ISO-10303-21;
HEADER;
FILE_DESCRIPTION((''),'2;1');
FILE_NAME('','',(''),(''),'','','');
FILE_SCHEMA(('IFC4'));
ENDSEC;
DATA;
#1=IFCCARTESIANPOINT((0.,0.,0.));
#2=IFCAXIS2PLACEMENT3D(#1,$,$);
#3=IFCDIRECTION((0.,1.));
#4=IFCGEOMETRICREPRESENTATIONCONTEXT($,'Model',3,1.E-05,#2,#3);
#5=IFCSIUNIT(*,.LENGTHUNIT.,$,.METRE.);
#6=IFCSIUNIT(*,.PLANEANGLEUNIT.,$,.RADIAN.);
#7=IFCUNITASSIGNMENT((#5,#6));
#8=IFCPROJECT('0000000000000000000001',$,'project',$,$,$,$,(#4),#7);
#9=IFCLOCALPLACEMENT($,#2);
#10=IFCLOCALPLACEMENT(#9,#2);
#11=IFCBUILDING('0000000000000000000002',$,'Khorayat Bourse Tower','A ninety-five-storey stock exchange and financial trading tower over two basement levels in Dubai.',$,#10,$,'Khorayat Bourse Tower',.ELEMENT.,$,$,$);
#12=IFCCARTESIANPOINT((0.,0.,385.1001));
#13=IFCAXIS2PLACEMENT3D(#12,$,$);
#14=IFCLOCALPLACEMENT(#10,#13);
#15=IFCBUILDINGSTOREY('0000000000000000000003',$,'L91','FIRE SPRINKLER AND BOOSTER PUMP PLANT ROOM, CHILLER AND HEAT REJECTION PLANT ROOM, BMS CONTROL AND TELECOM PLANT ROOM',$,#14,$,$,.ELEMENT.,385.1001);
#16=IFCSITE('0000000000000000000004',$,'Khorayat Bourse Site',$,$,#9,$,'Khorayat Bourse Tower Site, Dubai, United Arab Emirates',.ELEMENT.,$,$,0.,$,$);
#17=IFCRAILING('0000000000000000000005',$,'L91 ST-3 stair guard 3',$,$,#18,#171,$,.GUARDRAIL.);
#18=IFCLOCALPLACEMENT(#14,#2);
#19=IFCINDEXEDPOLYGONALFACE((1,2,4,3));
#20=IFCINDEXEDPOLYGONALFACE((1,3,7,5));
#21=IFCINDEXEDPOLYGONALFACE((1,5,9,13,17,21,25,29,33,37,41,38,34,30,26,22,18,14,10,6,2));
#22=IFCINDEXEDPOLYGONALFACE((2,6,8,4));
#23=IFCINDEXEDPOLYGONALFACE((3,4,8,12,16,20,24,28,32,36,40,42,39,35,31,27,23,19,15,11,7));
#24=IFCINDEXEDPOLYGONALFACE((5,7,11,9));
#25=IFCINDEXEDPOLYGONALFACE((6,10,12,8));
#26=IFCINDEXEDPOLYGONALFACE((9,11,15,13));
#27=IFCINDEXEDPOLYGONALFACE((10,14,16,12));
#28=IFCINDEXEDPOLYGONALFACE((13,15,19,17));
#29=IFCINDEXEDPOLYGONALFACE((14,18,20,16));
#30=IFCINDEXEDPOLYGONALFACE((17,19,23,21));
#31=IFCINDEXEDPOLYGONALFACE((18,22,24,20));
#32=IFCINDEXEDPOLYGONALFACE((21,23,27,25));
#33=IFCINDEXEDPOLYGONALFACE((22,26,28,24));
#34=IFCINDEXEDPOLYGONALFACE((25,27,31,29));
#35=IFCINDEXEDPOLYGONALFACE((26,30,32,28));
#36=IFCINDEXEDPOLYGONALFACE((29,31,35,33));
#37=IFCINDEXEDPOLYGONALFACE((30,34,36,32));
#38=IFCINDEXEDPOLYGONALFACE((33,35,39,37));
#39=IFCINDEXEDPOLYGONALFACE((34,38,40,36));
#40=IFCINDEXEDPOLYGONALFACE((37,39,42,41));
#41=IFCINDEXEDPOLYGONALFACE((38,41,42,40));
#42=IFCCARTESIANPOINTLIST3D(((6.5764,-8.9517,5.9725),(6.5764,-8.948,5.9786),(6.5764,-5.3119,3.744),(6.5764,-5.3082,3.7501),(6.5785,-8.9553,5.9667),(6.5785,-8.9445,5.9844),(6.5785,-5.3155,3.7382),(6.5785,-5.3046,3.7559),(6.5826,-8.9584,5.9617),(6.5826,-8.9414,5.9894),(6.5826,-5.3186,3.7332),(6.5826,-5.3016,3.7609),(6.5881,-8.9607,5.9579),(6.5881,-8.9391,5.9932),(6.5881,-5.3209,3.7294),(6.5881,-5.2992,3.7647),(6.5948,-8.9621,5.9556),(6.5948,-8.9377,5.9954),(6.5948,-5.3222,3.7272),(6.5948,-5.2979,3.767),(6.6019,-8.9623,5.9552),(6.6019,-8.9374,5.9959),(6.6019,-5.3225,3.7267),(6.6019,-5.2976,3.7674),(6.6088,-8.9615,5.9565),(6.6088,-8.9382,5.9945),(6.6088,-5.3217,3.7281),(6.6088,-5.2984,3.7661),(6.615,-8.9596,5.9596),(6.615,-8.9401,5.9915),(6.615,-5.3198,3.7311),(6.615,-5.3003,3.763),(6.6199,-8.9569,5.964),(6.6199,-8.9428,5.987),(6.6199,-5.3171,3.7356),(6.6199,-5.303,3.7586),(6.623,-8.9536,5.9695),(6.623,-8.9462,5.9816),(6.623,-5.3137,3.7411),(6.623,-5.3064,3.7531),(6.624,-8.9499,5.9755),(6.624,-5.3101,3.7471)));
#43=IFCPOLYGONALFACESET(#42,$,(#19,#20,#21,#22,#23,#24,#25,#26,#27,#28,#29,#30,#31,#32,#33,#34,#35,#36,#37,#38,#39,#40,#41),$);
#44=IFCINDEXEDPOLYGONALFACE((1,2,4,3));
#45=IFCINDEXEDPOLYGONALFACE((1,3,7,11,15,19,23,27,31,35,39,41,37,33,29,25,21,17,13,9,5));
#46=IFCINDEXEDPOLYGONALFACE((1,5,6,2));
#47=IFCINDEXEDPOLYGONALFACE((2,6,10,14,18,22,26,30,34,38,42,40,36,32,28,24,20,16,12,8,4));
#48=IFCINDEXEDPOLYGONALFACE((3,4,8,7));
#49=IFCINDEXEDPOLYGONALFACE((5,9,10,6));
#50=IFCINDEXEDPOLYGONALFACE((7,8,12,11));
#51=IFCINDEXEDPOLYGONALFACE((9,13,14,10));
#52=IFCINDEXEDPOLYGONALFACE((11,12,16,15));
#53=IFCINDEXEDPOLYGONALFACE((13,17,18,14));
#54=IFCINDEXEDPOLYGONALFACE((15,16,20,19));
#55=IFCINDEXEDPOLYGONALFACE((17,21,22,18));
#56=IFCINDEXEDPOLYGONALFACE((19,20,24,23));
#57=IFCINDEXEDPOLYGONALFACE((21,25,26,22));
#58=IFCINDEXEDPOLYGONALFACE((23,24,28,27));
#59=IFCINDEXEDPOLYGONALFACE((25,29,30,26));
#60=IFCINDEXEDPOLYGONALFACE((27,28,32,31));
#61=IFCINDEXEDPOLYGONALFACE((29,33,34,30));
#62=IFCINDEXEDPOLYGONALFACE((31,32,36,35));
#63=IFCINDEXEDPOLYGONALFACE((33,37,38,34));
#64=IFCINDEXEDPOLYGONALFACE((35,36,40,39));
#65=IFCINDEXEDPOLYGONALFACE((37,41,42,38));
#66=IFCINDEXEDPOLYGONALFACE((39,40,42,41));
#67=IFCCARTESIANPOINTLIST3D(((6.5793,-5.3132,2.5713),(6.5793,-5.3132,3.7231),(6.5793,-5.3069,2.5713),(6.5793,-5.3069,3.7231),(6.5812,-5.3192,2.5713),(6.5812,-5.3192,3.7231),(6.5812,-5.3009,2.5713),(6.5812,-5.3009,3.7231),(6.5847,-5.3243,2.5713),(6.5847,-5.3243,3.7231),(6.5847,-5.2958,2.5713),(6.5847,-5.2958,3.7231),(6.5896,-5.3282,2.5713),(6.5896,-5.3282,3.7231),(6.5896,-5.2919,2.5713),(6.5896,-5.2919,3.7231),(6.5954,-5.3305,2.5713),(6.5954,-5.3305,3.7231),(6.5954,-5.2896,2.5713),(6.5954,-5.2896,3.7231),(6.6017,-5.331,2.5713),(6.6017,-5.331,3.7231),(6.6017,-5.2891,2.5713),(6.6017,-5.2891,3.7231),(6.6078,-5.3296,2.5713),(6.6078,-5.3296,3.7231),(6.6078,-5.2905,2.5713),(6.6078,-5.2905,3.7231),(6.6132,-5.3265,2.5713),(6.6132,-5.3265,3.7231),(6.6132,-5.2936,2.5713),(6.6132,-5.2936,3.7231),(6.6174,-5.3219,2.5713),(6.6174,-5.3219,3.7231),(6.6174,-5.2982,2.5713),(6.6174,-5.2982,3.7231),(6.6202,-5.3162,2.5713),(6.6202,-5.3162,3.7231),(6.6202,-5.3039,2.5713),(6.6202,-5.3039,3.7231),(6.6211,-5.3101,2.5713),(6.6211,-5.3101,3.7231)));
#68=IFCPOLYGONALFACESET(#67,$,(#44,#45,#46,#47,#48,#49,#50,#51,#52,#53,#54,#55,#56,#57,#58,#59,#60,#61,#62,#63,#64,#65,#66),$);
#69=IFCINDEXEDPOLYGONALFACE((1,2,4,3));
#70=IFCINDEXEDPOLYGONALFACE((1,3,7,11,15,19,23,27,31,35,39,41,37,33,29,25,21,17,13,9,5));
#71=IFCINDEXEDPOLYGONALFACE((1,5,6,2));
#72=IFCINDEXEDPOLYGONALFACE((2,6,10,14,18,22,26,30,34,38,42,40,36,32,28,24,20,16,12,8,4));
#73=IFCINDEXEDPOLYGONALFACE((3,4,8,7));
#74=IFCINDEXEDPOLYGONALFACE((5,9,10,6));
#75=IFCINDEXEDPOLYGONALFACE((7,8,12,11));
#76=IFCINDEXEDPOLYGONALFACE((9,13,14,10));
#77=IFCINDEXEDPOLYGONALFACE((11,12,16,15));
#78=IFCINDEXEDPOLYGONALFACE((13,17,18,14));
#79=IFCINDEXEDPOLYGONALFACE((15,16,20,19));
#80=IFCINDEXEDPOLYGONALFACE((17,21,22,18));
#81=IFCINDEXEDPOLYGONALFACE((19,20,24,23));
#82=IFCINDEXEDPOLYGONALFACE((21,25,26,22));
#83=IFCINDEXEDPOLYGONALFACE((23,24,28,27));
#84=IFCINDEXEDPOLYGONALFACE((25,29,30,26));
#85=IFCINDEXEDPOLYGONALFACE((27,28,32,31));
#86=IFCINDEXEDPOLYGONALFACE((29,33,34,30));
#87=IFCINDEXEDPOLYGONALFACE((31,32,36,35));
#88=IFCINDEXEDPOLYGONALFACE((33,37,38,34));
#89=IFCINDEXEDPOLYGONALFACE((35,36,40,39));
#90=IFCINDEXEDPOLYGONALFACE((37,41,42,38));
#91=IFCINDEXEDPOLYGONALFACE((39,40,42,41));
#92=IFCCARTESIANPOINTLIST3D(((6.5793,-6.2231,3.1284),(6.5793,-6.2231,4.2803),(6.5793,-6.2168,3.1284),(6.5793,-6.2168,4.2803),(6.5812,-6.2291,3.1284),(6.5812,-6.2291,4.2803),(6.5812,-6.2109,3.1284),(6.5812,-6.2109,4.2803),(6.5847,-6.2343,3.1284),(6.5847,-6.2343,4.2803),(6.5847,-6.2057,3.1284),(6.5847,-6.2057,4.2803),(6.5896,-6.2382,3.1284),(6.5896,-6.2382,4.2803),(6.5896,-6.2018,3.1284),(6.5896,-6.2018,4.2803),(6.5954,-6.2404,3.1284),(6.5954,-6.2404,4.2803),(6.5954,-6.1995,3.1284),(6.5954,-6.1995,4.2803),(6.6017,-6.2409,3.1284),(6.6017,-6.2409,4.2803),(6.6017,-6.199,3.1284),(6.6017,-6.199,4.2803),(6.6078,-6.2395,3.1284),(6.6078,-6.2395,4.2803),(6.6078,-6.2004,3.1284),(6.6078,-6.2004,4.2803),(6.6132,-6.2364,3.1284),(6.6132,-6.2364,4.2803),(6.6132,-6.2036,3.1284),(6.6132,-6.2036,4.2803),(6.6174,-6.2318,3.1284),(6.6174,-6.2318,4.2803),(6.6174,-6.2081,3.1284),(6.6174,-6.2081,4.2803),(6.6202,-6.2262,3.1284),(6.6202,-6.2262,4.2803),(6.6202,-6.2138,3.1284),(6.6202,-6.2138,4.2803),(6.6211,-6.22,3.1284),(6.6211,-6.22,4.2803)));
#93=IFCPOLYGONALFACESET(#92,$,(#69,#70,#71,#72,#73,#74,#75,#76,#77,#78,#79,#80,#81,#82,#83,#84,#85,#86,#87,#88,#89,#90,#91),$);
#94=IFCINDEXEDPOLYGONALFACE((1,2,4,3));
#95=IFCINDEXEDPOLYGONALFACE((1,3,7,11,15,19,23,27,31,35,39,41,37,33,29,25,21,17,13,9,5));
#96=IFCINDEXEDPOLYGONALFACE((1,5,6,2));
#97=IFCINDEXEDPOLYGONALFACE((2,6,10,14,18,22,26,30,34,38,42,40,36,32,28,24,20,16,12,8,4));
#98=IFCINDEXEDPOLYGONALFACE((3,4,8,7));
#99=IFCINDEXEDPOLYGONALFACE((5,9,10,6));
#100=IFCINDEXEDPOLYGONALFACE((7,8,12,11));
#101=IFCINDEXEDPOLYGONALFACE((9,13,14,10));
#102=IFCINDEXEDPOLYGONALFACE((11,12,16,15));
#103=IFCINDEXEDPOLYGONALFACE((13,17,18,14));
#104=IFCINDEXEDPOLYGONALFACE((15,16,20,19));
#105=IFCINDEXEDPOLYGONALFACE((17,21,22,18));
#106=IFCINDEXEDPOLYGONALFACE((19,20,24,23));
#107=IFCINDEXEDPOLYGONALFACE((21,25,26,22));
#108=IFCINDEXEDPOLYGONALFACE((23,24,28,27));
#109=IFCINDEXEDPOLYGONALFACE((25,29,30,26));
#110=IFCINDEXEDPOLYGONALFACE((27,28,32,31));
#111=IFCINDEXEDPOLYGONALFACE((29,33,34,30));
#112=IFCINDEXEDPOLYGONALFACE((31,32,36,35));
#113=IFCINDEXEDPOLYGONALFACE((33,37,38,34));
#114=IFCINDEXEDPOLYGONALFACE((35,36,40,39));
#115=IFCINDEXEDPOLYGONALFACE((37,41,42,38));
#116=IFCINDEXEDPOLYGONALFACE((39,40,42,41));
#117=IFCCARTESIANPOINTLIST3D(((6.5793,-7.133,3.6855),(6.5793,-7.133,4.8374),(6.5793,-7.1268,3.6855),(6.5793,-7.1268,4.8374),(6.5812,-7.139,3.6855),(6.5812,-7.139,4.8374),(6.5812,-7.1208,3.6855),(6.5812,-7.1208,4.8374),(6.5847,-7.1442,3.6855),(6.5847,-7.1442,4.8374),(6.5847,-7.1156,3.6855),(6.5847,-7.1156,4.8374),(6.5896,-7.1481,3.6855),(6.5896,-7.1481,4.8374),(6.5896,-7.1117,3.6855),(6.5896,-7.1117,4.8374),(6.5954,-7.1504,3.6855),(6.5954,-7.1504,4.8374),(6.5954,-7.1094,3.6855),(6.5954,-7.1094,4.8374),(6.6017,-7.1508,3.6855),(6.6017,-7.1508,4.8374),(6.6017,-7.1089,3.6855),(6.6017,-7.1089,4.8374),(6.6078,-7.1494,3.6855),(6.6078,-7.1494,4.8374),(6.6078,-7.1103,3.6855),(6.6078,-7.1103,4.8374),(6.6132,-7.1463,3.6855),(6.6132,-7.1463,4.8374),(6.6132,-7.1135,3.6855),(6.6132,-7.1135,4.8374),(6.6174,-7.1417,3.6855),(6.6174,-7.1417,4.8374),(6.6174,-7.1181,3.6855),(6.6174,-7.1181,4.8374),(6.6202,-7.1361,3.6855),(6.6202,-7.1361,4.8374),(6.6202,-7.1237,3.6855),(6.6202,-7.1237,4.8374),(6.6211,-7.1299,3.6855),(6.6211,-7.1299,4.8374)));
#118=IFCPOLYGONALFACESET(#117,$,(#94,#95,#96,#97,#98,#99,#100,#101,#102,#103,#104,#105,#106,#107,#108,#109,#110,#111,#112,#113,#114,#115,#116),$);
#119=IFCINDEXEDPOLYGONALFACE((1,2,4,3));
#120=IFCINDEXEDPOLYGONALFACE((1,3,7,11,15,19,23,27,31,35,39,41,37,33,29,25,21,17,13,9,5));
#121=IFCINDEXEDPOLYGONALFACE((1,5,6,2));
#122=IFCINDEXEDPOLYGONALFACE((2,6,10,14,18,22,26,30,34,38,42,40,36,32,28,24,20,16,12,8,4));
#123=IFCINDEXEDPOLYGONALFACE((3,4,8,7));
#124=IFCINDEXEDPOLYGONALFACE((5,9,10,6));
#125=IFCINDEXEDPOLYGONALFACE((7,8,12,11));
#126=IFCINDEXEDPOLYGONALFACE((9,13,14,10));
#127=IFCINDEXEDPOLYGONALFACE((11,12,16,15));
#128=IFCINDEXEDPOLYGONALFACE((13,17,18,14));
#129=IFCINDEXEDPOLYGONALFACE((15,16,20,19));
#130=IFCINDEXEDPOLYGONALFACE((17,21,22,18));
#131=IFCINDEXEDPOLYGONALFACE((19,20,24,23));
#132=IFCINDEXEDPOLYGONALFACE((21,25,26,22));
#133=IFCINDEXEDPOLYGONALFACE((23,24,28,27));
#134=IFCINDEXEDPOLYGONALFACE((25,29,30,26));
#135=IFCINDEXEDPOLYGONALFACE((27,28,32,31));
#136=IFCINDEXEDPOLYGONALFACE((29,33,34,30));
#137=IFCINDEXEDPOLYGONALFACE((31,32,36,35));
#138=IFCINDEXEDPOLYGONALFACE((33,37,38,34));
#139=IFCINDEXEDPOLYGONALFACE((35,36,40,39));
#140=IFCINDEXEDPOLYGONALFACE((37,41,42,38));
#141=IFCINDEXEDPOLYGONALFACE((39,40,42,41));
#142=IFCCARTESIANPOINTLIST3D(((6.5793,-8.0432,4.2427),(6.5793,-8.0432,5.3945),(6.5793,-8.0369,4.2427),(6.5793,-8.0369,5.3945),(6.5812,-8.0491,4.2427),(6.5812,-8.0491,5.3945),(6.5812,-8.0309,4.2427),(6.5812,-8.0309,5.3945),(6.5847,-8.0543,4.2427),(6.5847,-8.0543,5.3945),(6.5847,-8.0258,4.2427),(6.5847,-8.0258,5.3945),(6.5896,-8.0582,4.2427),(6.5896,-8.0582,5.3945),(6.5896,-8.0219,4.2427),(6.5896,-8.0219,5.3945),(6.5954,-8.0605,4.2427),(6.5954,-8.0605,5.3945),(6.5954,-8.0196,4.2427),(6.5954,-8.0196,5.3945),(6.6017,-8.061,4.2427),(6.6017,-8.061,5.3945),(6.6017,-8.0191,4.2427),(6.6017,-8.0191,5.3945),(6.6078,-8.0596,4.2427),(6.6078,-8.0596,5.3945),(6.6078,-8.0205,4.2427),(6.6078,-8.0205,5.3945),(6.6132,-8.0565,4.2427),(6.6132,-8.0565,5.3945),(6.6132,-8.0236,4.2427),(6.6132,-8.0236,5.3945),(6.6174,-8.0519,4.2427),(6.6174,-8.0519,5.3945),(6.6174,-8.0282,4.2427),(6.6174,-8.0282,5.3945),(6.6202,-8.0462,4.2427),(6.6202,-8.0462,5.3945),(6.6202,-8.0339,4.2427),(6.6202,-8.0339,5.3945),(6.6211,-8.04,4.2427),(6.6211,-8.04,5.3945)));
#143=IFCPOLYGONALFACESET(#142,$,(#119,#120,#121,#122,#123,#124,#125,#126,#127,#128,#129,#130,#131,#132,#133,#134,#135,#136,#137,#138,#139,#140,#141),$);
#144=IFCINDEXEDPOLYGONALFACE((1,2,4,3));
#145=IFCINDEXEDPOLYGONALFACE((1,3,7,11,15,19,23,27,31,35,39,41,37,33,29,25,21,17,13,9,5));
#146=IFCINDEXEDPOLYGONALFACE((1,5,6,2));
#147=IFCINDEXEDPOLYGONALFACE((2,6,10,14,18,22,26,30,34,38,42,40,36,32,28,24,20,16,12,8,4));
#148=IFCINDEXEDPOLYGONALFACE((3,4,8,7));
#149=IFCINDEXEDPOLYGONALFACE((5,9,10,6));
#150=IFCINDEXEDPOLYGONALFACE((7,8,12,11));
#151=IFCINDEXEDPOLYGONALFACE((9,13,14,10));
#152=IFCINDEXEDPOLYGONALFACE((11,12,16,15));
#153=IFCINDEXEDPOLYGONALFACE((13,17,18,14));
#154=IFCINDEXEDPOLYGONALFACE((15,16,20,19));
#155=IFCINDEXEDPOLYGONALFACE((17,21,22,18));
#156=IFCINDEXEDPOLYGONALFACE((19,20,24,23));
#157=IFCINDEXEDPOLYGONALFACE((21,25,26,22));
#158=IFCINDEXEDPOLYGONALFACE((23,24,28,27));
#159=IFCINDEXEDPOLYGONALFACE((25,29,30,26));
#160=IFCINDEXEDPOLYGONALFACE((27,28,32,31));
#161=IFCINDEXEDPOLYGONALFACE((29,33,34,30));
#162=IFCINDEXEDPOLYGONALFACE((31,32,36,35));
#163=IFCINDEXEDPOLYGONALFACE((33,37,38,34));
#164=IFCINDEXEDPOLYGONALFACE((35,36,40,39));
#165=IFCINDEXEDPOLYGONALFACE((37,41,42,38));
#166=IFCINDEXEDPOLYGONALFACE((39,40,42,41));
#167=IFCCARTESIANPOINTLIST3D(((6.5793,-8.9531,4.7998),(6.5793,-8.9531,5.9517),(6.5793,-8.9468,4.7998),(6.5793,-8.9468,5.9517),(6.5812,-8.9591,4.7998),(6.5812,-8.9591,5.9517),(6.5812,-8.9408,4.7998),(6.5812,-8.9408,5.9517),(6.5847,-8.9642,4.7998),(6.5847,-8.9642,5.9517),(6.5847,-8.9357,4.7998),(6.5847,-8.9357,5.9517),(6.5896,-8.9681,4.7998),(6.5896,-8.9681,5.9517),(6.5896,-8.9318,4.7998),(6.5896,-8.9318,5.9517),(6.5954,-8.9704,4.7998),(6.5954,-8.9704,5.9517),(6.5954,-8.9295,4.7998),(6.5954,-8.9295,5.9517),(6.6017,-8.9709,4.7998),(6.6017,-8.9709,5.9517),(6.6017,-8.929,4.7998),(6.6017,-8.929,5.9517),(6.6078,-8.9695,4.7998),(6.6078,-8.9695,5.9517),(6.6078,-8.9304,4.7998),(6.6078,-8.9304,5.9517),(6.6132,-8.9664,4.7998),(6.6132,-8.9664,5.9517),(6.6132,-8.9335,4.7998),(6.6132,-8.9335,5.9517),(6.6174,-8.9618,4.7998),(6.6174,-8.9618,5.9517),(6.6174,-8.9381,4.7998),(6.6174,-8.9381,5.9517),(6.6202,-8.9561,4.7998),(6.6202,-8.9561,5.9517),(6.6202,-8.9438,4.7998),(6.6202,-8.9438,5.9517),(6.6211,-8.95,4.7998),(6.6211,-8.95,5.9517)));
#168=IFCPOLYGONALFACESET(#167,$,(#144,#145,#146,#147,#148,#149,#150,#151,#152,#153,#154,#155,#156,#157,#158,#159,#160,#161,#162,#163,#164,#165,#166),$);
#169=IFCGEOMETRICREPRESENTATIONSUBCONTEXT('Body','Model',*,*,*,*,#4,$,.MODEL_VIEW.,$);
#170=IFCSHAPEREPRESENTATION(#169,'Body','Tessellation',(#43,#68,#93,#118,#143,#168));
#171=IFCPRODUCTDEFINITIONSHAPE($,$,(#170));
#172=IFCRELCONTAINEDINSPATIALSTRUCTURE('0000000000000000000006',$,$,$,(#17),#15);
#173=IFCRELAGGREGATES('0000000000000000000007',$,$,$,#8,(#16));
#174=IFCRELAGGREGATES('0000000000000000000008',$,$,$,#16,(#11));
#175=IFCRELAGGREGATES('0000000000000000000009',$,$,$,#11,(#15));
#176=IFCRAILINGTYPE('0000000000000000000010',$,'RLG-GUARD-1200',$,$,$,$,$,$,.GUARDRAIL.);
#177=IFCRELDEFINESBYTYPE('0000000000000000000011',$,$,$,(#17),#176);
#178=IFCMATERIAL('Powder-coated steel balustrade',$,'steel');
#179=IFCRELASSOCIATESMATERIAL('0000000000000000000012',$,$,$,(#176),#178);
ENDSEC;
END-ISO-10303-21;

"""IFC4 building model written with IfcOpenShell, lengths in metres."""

from ifc_helpers import new_model, si_unit, direction, frame, origin, origin_2d, place, context, subcontext, project, spatial, circle, extrude, source, transform, mapped, material, type_object, element, save


model = new_model("IFC4")

# Units and contexts
model_context = context("Model", 3, precision=1e-05, world=origin(), true_north=direction((0.0, 1.0)))
body_context = subcontext(model_context, "Body", "Model", "MODEL_VIEW")
ifc_project = project(units=[si_unit("LENGTHUNIT", "METRE"), si_unit("PLANEANGLEUNIT", "RADIAN")], contexts=[model_context])

# Site, building, storey
site_placement = place(None, origin())
site = spatial("IfcSite", under=ifc_project, at=site_placement, Name="Khorayat Bourse Site", LongName="Khorayat Bourse Tower Site, Dubai, United Arab Emirates", CompositionType="ELEMENT", RefElevation=0.0)
building_placement = place(site_placement, origin())
building = spatial("IfcBuilding", under=site, at=building_placement, Name="Khorayat Bourse Tower", Description="A ninety-five-storey stock exchange and financial trading tower over two basement levels in Dubai.", LongName="Khorayat Bourse Tower", CompositionType="ELEMENT")
storey_placement = place(building_placement, frame((0.0, 0.0, 385.1001)))
storey = spatial("IfcBuildingStorey", under=building, at=storey_placement, Name="L91", Description="FIRE SPRINKLER AND BOOSTER PUMP PLANT ROOM, CHILLER AND HEAT REJECTION PLANT ROOM, BMS CONTROL AND TELECOM PLANT ROOM", CompositionType="ELEMENT", Elevation=385.1001)

# Railing
ifc_material_1 = material(Name="Powder-coated steel balustrade", Category="steel")
railing_type_1 = type_object("IfcRailingType", Name="RLG-GUARD-1200", PredefinedType="GUARDRAIL", material=ifc_material_1)
shared_shape_1 = source(origin(), body_context, "Body", "SweptSolid", [
    extrude(circle(Radius=0.0239, at=origin_2d()), frame((0.0, 0.0, 1.1758), z_axis=(0.0, -0.85285, 0.522156), x_axis=(1.0, 0.0, 0.0)), (0.0, 0.0, 1.0), 4.2678),
    extrude(circle(Radius=0.021, at=origin_2d()), origin(), (0.0, 0.0, 1.0), 1.1519),
    extrude(circle(Radius=0.021, at=origin_2d()), frame((0.0, -0.9099, 0.5571)), (0.0, 0.0, 1.0), 1.1519),
    extrude(circle(Radius=0.021, at=origin_2d()), frame((0.0, -1.8198, 1.1143)), (0.0, 0.0, 1.0), 1.1519),
    extrude(circle(Radius=0.021, at=origin_2d()), frame((0.0, -2.73, 1.6714)), (0.0, 0.0, 1.0), 1.1519),
    extrude(circle(Radius=0.021, at=origin_2d()), frame((0.0, -3.6399, 2.2285)), (0.0, 0.0, 1.0), 1.1519),
])
railing_1_placement = place(storey_placement, frame((6.6001, -5.3101, 2.5713)))
element("IfcRailing", 1, at=railing_1_placement, inside=storey, type_object=railing_type_1, Name="L91 ST-3 stair guard 3", PredefinedType="GUARDRAIL", context=body_context, shape_type="MappedRepresentation", body=[
    mapped(shared_shape_1, transform((0.0, 0.0, 0.0), scale=1.0)),
])

save(model, "model.ifc")
